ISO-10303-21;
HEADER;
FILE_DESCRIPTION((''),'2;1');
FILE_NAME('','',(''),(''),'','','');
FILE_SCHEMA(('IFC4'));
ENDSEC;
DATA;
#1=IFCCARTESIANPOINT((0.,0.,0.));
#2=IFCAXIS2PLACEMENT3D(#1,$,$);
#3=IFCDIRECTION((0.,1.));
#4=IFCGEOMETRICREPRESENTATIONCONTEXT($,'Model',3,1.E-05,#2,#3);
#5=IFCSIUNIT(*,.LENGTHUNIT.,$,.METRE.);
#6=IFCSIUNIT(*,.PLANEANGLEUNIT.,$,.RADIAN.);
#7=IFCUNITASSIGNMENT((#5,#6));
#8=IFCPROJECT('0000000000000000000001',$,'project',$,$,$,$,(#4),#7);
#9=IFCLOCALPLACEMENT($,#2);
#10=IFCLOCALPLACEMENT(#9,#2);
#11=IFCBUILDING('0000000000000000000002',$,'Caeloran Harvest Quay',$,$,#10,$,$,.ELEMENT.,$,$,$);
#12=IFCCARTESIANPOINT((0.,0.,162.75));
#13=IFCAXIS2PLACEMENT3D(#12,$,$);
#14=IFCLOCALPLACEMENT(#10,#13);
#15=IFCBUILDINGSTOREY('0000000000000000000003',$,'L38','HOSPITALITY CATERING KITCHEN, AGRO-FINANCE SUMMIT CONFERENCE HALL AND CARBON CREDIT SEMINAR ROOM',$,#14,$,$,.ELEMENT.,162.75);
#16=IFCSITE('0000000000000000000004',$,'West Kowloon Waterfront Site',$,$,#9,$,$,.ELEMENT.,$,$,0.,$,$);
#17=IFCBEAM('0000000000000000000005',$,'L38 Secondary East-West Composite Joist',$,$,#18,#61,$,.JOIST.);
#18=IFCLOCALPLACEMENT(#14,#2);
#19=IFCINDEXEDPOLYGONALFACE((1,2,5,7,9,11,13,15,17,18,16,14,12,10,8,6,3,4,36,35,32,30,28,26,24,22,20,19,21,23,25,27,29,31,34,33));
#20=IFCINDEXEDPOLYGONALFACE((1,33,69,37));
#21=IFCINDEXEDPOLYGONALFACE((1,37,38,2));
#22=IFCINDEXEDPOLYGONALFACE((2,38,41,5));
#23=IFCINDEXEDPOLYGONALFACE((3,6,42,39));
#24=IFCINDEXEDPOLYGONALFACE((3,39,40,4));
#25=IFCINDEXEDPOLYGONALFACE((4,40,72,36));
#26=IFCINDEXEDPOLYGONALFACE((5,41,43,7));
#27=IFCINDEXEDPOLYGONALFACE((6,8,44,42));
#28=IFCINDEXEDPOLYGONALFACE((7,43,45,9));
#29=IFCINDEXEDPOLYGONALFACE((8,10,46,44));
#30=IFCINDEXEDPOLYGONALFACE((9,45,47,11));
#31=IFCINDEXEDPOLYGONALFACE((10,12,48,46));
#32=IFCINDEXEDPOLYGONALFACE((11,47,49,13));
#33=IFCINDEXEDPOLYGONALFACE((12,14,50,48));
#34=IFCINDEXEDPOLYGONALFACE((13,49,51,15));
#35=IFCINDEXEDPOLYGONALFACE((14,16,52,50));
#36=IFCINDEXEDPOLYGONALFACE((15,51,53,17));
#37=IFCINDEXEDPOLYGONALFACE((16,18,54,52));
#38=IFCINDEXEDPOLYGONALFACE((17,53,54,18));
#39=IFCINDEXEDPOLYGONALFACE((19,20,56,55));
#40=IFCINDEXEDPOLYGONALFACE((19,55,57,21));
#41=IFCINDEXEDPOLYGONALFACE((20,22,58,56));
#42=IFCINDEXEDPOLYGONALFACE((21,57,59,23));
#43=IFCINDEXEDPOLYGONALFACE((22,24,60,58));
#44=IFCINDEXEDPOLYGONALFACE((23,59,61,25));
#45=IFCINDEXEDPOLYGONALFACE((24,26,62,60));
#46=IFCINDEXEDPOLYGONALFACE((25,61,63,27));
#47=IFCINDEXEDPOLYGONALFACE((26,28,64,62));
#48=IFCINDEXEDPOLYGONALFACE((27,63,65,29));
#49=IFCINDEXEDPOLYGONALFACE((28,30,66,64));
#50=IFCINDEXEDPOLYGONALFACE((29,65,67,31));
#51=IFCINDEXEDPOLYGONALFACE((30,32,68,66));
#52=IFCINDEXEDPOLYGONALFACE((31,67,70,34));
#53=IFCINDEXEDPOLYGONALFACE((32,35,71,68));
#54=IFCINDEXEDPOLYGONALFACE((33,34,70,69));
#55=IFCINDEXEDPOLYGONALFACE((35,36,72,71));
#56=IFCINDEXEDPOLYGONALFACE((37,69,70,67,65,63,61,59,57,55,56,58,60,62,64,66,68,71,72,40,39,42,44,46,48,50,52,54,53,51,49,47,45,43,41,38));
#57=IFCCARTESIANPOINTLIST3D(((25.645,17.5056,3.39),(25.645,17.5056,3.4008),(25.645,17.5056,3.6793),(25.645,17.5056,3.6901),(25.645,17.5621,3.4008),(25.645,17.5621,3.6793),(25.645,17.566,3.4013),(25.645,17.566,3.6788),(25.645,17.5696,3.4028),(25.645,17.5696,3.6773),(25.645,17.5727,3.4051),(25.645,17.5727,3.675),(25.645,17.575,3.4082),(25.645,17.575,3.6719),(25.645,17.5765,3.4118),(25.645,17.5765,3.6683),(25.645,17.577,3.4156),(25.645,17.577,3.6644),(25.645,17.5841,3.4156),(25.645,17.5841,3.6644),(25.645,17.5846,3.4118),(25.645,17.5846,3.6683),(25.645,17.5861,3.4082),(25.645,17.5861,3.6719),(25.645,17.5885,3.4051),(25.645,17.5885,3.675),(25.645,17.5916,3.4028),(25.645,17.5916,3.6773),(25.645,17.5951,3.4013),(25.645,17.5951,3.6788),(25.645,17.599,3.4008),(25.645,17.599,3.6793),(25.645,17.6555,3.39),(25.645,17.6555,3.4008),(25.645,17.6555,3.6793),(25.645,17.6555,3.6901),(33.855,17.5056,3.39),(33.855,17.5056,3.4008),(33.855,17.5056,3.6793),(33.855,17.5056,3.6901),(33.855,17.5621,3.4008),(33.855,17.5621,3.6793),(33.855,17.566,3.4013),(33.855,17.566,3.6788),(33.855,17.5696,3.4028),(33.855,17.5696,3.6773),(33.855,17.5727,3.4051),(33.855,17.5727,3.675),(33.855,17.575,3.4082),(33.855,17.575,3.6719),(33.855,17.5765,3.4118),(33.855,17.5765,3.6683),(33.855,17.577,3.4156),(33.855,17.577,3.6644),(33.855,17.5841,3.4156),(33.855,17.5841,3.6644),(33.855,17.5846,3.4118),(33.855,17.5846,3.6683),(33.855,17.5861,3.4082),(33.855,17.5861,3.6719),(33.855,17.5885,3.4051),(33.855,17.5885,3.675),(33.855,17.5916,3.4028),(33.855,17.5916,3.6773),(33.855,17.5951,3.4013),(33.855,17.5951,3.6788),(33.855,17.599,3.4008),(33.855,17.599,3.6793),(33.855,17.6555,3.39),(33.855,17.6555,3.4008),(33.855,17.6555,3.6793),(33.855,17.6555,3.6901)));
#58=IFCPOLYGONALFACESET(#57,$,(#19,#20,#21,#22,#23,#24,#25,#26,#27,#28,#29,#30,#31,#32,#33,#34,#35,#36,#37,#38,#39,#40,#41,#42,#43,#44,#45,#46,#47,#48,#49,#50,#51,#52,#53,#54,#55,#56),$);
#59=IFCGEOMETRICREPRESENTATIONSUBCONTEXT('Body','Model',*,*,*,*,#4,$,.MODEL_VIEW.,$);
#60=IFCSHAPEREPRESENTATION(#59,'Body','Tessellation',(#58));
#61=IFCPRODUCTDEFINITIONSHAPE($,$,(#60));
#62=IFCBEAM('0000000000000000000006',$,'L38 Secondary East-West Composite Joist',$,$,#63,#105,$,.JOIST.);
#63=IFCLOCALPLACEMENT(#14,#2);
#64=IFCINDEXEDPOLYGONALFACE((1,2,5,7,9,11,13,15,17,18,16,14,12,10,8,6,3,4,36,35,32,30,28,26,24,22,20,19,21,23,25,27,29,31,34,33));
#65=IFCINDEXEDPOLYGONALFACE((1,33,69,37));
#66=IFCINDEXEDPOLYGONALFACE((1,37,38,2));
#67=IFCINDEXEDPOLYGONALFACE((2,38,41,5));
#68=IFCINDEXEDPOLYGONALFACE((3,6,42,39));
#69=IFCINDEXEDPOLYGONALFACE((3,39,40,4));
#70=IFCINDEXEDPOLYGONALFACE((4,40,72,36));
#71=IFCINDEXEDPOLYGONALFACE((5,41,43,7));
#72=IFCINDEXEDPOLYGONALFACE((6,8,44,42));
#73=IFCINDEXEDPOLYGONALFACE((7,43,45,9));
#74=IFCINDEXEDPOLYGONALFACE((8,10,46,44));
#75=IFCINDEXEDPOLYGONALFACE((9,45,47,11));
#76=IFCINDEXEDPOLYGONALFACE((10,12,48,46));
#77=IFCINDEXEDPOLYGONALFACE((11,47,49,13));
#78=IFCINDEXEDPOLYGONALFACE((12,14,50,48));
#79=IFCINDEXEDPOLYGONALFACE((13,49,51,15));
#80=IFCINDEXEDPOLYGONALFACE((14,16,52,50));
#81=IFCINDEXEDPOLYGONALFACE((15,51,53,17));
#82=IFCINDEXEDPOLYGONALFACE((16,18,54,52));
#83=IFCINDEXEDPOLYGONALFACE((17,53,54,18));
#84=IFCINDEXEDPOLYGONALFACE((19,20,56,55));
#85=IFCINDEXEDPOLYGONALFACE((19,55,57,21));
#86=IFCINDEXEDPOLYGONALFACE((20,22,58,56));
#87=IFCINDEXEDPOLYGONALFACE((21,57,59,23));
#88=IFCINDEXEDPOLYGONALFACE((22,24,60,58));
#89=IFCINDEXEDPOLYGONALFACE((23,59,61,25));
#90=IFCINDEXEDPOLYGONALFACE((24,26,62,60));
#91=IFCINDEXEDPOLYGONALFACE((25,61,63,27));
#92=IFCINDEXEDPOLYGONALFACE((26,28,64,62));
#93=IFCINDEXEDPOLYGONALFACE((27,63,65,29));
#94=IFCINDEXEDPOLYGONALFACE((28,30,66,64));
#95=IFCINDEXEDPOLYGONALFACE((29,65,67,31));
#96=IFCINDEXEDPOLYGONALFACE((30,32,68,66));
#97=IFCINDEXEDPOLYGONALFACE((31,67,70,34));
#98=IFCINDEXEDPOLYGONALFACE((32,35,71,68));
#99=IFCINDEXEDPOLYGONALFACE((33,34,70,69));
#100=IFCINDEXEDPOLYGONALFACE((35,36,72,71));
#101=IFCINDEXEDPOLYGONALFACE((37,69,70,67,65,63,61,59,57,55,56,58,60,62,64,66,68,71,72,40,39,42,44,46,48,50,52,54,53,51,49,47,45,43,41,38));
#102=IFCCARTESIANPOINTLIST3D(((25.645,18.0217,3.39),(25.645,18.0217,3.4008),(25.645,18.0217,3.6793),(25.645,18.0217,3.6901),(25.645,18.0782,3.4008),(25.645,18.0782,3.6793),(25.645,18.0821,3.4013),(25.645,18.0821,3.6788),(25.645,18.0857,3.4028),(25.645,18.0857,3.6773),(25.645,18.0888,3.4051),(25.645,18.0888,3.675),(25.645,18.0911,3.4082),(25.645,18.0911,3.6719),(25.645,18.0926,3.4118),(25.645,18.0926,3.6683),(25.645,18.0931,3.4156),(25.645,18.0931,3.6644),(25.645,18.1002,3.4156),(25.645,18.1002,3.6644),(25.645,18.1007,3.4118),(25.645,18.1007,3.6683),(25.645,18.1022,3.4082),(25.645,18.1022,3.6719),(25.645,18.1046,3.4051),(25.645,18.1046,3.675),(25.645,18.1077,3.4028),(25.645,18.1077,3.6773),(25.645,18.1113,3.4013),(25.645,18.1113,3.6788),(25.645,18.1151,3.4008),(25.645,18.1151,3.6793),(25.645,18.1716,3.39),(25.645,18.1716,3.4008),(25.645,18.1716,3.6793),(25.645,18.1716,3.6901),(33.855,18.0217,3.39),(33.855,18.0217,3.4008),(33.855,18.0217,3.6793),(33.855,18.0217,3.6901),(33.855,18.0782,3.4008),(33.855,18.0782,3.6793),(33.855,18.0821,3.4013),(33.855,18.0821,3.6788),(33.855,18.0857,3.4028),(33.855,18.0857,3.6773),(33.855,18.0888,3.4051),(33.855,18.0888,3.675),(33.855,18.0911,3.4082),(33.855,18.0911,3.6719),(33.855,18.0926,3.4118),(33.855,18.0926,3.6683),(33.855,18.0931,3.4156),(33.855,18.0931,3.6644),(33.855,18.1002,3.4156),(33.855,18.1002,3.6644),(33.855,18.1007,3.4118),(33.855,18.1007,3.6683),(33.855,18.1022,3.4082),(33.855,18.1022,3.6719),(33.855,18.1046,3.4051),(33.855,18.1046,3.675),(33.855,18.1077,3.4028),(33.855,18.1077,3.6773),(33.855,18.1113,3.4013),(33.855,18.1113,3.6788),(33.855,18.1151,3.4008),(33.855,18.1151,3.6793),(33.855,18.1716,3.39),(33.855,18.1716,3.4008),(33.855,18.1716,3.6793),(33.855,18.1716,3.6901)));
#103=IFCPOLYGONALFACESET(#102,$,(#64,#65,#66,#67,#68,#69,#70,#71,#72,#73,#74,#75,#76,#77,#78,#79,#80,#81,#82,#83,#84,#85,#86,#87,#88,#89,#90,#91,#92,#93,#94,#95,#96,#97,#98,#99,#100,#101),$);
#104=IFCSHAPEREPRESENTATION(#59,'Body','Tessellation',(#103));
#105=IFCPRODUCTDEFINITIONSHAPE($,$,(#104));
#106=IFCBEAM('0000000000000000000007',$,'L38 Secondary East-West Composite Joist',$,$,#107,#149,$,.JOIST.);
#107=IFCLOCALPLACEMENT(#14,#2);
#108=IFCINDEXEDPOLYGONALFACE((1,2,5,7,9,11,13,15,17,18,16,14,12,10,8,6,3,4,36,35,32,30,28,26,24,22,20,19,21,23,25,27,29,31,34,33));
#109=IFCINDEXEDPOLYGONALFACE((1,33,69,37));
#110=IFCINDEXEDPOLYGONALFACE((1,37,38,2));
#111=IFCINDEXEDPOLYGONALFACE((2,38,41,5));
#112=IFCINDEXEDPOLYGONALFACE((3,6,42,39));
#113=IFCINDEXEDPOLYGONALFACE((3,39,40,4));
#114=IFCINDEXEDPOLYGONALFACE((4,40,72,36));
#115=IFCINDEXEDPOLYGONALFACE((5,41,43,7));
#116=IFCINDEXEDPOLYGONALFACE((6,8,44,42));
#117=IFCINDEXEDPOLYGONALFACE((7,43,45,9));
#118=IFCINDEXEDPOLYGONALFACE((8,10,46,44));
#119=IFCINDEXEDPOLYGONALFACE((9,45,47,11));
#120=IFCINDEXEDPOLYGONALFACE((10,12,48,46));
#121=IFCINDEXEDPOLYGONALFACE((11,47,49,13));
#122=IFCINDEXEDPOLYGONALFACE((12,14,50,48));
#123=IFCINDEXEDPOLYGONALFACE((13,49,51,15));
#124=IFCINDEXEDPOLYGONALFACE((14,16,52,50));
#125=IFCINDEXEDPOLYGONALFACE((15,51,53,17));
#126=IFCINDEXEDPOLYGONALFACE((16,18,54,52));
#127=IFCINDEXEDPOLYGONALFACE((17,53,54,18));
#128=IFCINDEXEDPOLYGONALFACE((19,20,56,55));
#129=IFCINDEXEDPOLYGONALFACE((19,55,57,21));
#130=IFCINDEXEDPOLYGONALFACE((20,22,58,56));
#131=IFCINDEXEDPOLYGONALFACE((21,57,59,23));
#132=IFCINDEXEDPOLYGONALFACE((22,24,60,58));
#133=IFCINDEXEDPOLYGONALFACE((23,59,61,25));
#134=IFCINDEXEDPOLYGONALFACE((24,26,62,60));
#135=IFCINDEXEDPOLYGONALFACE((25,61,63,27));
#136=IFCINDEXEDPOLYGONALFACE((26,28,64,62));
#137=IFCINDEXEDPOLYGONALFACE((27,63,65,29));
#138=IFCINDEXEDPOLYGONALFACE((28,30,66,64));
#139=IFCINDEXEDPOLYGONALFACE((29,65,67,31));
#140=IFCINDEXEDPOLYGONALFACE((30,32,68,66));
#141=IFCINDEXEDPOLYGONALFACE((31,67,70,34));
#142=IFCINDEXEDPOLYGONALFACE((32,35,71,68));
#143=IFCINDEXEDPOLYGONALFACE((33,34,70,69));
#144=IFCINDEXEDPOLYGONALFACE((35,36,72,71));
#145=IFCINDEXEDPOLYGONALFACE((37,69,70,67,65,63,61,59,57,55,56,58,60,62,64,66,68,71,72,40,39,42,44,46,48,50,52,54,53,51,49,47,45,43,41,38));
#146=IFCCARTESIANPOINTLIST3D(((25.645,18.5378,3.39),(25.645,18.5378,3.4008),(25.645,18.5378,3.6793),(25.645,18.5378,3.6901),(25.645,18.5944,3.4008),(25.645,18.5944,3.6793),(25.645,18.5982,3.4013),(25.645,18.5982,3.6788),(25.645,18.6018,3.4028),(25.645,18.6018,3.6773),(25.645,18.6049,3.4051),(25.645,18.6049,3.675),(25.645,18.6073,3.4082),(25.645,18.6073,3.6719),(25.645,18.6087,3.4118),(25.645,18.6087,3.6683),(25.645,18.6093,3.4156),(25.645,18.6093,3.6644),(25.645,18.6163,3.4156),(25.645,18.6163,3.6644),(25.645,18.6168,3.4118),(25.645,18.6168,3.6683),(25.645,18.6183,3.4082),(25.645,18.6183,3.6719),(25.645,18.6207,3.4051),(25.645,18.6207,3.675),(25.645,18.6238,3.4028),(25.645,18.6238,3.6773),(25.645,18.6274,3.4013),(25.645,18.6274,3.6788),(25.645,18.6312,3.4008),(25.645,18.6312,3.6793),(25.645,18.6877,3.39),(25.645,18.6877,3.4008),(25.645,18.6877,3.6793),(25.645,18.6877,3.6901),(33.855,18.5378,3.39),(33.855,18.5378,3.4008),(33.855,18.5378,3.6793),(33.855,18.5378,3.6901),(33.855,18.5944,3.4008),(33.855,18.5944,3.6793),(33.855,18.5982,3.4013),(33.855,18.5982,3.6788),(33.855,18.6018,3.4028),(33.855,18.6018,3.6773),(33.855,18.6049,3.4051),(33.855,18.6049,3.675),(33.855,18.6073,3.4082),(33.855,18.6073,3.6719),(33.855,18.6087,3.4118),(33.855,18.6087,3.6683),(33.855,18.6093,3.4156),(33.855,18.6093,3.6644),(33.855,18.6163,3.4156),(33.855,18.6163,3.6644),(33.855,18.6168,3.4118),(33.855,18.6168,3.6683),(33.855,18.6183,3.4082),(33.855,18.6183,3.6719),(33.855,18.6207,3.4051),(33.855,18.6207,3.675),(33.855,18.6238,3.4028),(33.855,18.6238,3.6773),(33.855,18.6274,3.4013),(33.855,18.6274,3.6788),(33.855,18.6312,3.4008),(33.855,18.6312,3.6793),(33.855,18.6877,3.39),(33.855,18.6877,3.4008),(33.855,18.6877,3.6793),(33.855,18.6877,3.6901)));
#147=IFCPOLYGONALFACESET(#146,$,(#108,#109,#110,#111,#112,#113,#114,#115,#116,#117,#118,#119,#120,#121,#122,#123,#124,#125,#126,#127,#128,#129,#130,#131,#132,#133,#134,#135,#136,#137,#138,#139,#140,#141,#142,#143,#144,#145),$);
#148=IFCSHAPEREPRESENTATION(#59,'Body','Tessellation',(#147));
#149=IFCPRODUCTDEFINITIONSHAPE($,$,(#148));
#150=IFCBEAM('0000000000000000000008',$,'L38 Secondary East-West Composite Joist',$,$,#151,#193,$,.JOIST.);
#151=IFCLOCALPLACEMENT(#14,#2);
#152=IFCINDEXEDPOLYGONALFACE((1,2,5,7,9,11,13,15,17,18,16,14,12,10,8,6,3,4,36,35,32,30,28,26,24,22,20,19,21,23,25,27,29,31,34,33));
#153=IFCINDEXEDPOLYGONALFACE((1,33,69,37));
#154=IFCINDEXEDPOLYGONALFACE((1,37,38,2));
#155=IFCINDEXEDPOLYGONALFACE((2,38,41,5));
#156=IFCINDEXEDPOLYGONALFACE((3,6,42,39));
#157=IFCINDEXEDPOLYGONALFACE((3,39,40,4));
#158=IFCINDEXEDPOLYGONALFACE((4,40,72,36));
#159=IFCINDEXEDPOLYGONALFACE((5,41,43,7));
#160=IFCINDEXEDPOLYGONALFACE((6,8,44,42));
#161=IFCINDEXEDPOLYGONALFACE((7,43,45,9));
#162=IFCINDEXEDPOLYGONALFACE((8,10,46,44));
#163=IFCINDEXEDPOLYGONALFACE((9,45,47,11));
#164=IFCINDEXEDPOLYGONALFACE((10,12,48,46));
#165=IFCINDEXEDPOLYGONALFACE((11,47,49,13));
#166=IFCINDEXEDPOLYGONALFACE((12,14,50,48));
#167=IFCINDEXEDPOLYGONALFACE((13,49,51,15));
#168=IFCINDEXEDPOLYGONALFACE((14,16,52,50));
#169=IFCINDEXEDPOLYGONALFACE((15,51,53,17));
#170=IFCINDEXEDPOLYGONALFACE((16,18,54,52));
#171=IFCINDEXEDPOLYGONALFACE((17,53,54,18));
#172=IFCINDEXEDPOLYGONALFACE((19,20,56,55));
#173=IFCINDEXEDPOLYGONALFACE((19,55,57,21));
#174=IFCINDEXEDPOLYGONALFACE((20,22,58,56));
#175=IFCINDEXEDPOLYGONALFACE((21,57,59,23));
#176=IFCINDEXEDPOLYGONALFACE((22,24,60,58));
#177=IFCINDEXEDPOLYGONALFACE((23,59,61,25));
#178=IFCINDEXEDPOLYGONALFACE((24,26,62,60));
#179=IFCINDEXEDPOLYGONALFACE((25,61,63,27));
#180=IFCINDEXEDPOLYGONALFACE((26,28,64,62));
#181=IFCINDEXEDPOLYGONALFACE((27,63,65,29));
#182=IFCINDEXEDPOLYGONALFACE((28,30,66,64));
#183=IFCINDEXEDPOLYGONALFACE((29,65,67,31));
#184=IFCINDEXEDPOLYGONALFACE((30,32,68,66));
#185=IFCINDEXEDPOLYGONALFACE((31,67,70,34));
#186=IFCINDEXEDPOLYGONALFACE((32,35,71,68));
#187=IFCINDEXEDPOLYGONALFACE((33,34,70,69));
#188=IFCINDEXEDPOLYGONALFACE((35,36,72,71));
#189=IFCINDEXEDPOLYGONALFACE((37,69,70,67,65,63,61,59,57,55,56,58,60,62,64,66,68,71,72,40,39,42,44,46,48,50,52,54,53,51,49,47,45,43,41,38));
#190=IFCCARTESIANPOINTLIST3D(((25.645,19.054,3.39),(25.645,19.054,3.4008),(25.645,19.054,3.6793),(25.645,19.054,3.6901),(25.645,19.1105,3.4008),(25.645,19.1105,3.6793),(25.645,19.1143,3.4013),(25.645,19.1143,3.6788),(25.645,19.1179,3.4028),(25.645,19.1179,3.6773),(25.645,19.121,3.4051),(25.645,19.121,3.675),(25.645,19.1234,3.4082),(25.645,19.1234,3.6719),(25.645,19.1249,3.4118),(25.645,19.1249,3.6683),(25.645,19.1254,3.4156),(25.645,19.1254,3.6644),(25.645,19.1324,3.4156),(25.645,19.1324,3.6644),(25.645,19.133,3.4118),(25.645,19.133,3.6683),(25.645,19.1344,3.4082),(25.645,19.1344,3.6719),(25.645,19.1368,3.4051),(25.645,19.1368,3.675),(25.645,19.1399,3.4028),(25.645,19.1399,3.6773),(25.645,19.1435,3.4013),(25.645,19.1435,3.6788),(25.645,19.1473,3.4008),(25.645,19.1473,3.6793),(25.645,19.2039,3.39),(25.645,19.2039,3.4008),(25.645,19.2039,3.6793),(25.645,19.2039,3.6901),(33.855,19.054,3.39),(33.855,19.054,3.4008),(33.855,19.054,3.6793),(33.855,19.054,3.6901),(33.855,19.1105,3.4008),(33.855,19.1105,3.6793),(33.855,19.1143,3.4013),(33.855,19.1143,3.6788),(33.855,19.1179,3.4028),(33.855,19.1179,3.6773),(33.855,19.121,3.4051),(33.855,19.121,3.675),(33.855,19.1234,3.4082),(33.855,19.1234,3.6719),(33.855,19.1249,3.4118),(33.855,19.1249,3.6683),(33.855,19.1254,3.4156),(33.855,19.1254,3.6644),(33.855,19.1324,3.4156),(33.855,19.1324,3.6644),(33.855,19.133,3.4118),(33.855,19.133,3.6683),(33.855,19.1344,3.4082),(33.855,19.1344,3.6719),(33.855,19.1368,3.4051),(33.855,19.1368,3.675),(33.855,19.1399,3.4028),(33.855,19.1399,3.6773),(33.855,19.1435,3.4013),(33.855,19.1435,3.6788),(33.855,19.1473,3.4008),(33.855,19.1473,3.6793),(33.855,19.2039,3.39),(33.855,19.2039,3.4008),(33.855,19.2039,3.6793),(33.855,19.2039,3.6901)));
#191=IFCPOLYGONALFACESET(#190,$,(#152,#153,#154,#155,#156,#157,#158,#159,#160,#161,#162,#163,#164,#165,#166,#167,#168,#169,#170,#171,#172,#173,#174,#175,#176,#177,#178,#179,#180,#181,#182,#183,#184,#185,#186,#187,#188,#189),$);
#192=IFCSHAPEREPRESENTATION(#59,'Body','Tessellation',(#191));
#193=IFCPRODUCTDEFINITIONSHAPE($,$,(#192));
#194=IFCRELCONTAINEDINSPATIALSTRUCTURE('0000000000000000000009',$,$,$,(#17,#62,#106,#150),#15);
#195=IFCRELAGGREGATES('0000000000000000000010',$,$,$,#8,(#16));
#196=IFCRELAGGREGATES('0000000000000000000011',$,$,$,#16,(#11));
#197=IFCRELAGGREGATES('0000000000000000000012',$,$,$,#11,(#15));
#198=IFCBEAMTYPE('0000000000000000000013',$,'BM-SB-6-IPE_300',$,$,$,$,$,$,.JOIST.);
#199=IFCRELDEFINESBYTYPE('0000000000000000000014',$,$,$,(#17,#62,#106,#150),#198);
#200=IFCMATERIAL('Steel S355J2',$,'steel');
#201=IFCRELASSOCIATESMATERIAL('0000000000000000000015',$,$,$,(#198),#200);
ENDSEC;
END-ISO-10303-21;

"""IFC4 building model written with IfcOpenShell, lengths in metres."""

from ifc_helpers import new_model, si_unit, direction, frame, origin, origin_2d, place, context, subcontext, project, spatial, i_section, extrude, material, material_profile, profile_set, type_object, element, save


model = new_model("IFC4")

# Units and contexts
model_context = context("Model", 3, precision=1e-05, world=origin(), true_north=direction((0.0, 1.0)))
body_context = subcontext(model_context, "Body", "Model", "MODEL_VIEW")
ifc_project = project(units=[si_unit("LENGTHUNIT", "METRE"), si_unit("PLANEANGLEUNIT", "RADIAN")], contexts=[model_context])

# Site, building, storey
site_placement = place(None, origin())
site = spatial("IfcSite", under=ifc_project, at=site_placement, Name="West Kowloon Waterfront Site", CompositionType="ELEMENT", RefElevation=0.0)
building_placement = place(site_placement, origin())
building = spatial("IfcBuilding", under=site, at=building_placement, Name="Caeloran Harvest Quay", CompositionType="ELEMENT")
storey_placement = place(building_placement, frame((0.0, 0.0, 162.75)))
storey = spatial("IfcBuildingStorey", under=building, at=storey_placement, Name="L38", Description="HOSPITALITY CATERING KITCHEN, AGRO-FINANCE SUMMIT CONFERENCE HALL AND CARBON CREDIT SEMINAR ROOM", CompositionType="ELEMENT", Elevation=162.75)

# Beams
ifc_material_1 = material(Name="Steel S355J2", Category="steel")
ifc_material_profile_1 = material_profile(ifc_material_1, i_section(OverallWidth=0.1499, OverallDepth=0.3, WebThickness=0.0071, FlangeThickness=0.0107, FilletRadius=0.0149, at=origin_2d()), Name="IPE 300")
ifc_profile_set_1 = profile_set([ifc_material_profile_1], Name="Steel S355J2")
beam_type_1 = type_object("IfcBeamType", Name="BM-SB-6-IPE_300", PredefinedType="JOIST", material=ifc_profile_set_1)
for number, where, z_axis, x_axis, name in (
    (1, (25.645, 17.5806, 3.54), (1.0, 0.0, 0.0), (0.0, 1.0, 0.0), "L38 Secondary East-West Composite Joist"),
    (2, (25.645, 18.0967, 3.54), (1.0, 0.0, 0.0), (0.0, 1.0, 0.0), "L38 Secondary East-West Composite Joist"),
    (3, (25.645, 18.6128, 3.54), (1.0, 0.0, 0.0), (0.0, 1.0, 0.0), "L38 Secondary East-West Composite Joist"),
    (4, (25.645, 19.1289, 3.54), (1.0, 0.0, 0.0), (0.0, 1.0, 0.0), "L38 Secondary East-West Composite Joist"),
):
    element("IfcBeam", number, at=place(storey_placement, frame(where, z_axis=z_axis, x_axis=x_axis)), inside=storey, type_object=beam_type_1, Name=name, PredefinedType="JOIST", context=body_context, shape_type="SweptSolid", body=[
        extrude(i_section(OverallWidth=0.1499, OverallDepth=0.3, WebThickness=0.0071, FlangeThickness=0.0107, FilletRadius=0.0149, at=origin_2d()), origin(), (0.0, 0.0, 1.0), 8.21),
    ])

save(model, "model.ifc")
